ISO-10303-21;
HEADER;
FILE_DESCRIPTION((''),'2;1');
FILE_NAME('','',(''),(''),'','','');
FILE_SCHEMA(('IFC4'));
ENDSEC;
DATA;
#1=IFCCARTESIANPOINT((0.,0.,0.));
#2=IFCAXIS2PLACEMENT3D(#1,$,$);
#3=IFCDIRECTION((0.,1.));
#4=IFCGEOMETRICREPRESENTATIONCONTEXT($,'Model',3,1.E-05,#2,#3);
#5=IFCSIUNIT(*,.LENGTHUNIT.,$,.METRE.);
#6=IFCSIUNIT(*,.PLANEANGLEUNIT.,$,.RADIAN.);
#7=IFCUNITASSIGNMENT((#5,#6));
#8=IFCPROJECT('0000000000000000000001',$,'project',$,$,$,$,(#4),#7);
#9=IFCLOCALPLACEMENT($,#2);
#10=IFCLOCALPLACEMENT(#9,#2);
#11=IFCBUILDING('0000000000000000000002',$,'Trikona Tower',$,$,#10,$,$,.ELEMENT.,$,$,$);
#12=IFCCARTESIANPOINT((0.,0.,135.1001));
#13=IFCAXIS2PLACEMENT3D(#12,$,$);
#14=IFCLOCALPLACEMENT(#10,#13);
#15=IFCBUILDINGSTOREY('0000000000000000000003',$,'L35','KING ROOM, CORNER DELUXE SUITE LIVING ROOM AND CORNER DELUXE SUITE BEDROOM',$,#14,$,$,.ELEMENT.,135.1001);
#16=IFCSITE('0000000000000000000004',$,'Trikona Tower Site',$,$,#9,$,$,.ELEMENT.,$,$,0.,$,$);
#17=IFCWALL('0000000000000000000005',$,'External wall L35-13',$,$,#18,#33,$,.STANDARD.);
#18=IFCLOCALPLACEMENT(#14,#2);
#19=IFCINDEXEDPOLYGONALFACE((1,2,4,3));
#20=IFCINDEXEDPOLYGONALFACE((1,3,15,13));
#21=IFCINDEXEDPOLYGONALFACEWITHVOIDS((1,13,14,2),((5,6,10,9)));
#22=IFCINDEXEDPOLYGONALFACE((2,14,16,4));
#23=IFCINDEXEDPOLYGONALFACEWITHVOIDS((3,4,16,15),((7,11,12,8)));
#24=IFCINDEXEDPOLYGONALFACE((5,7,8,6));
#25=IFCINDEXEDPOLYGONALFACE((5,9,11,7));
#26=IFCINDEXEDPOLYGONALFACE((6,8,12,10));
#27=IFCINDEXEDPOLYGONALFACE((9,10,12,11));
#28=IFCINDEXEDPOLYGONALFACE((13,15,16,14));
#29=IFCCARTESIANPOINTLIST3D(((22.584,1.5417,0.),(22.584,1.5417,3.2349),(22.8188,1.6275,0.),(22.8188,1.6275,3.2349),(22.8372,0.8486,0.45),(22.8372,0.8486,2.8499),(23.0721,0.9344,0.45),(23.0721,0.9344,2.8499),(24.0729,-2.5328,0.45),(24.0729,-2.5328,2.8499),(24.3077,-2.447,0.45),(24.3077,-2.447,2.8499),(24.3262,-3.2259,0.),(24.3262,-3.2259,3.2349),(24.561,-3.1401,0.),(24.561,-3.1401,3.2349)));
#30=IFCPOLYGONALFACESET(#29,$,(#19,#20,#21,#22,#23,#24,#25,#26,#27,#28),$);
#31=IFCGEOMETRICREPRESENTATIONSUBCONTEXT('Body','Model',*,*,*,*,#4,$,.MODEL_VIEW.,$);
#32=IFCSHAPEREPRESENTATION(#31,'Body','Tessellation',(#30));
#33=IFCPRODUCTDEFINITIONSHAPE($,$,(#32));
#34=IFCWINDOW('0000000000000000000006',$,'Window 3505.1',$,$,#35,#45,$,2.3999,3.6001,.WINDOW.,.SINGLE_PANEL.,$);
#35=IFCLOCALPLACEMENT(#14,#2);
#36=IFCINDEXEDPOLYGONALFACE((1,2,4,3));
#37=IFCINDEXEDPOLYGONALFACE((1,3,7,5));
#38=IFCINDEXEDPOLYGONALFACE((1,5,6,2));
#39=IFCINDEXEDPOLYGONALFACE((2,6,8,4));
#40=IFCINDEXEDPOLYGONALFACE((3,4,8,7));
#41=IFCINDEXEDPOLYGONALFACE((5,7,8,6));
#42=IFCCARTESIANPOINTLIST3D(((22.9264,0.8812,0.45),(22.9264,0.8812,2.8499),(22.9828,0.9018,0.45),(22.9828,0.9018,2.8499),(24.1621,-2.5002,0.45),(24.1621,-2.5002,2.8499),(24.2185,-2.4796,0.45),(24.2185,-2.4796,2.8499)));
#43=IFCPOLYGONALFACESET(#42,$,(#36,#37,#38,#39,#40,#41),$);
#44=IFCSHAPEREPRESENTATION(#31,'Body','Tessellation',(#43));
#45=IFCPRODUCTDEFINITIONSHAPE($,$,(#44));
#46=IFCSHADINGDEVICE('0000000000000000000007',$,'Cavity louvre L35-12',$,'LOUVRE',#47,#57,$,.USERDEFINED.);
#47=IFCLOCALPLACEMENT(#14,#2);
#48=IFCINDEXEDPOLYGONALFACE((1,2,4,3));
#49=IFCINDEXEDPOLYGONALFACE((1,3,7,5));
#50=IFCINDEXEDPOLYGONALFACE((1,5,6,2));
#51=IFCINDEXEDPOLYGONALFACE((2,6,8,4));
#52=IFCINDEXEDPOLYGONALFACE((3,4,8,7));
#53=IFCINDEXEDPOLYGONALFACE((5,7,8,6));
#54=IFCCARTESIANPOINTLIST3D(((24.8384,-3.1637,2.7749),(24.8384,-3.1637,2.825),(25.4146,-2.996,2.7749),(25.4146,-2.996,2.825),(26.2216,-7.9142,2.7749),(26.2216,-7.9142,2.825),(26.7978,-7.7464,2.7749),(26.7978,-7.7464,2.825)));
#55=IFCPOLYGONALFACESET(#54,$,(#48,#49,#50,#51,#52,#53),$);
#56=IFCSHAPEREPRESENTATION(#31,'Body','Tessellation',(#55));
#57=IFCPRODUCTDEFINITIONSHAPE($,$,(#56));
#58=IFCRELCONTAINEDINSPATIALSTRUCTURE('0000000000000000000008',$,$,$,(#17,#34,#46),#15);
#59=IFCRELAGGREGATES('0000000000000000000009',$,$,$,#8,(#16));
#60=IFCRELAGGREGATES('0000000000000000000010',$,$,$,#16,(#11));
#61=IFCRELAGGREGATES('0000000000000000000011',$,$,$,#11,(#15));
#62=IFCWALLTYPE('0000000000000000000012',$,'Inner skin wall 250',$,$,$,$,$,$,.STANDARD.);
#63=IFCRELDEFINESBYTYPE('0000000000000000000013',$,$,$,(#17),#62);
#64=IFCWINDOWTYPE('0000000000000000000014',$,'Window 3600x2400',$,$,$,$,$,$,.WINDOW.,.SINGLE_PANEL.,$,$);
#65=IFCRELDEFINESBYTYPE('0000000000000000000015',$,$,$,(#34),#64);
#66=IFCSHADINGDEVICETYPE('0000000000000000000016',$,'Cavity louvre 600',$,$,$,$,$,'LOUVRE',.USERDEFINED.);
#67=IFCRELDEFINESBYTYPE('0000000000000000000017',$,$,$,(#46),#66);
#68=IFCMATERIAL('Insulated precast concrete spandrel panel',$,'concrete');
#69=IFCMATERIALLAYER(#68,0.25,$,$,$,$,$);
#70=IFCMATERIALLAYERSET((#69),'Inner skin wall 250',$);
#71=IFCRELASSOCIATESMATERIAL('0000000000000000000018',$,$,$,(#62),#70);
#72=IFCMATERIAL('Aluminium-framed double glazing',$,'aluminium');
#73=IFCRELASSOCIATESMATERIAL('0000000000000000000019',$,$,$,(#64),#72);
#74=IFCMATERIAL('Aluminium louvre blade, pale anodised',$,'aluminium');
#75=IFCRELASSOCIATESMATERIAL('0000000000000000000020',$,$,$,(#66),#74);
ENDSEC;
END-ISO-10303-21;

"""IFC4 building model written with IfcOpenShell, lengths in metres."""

from ifc_helpers import new_model, si_unit, direction, frame, frame_2d, origin, origin_2d, place, context, subcontext, project, spatial, rectangle, extrude, material, layer, layer_set, type_object, element, fill, save


model = new_model("IFC4")

# Units and contexts
model_context = context("Model", 3, precision=1e-05, world=origin(), true_north=direction((0.0, 1.0)))
body_context = subcontext(model_context, "Body", "Model", "MODEL_VIEW")
ifc_project = project(units=[si_unit("LENGTHUNIT", "METRE"), si_unit("PLANEANGLEUNIT", "RADIAN")], contexts=[model_context])

# Site, building, storey
site_placement = place(None, origin())
site = spatial("IfcSite", under=ifc_project, at=site_placement, Name="Trikona Tower Site", CompositionType="ELEMENT", RefElevation=0.0)
building_placement = place(site_placement, origin())
building = spatial("IfcBuilding", under=site, at=building_placement, Name="Trikona Tower", CompositionType="ELEMENT")
storey_placement = place(building_placement, frame((0.0, 0.0, 135.1001)))
storey = spatial("IfcBuildingStorey", under=building, at=storey_placement, Name="L35", Description="KING ROOM, CORNER DELUXE SUITE LIVING ROOM AND CORNER DELUXE SUITE BEDROOM", CompositionType="ELEMENT", Elevation=135.1001)

# Wall, opening, window
ifc_material_1 = material(Name="Insulated precast concrete spandrel panel", Category="concrete")
ifc_layer_1 = layer(ifc_material_1, 0.25)
ifc_layer_set_1 = layer_set([ifc_layer_1], Name="Inner skin wall 250")
wall_type = type_object("IfcWallType", Name="Inner skin wall 250", PredefinedType="STANDARD", material=ifc_layer_set_1)
ifc_material_2 = material(Name="Aluminium-framed double glazing", Category="aluminium")
window_type = type_object("IfcWindowType", Name="Window 3600x2400", PartitioningType="SINGLE_PANEL", PredefinedType="WINDOW", material=ifc_material_2)
wall_1_placement = place(storey_placement, frame((24.4436, -3.1831, 0.0), z_axis=(0.0, 0.0, 1.0), x_axis=(-0.343226, 0.939253, 0.0)))
wall_1 = element("IfcWall", 1, at=wall_1_placement, inside=storey, type_object=wall_type, Name="External wall L35-13", PredefinedType="STANDARD", context=body_context, shape_type="SweptSolid", body=[
    extrude(rectangle(XDim=5.0759, YDim=0.25, at=frame_2d((2.5381, 0.0))), origin(), (0.0, 0.0, 1.0), 3.2349),
])
opening_1_placement = place(wall_1_placement, frame((0.738, 0.0, 0.45)))
opening_1 = element("IfcOpeningElement", 2, at=opening_1_placement, cuts=wall_1, PredefinedType="OPENING", context=body_context, shape_type="SweptSolid", body=[
    extrude(rectangle(XDim=3.6001, YDim=2.3999, at=frame_2d((1.8, 1.2))), frame((0.0, 0.135, 0.0), z_axis=(0.0, -1.0, 0.0), x_axis=(1.0, 0.0, 0.0)), (0.0, 0.0, 1.0), 0.27),
])
window_1_placement = place(opening_1_placement, origin())
window_1 = element("IfcWindow", 3, at=window_1_placement, inside=storey, type_object=window_type, Name="Window 3505.1", OverallHeight=2.3999, OverallWidth=3.6001, PartitioningType="SINGLE_PANEL", PredefinedType="WINDOW", context=body_context, shape_type="SweptSolid", body=[
    extrude(rectangle(XDim=3.6001, YDim=2.3999, at=frame_2d((1.8, 1.2))), frame((0.0, 0.03, 0.0), z_axis=(0.0, -1.0, 0.0), x_axis=(1.0, 0.0, 0.0)), (0.0, 0.0, 1.0), 0.0601),
])
fill(opening_1, window_1)

# Shading device
ifc_material_3 = material(Name="Aluminium louvre blade, pale anodised", Category="aluminium")
shading_device_type = type_object("IfcShadingDeviceType", Name="Cavity louvre 600", ElementType="LOUVRE", PredefinedType="USERDEFINED", material=ifc_material_3)
shading_device_placement = place(storey_placement, frame((25.8181, -5.4551, 2.7749), z_axis=(0.0, 0.0, 1.0), x_axis=(-0.279554, 0.96013, 0.0)))
element("IfcShadingDevice", 4, at=shading_device_placement, inside=storey, type_object=shading_device_type, Name="Cavity louvre L35-12", ObjectType="LOUVRE", PredefinedType="USERDEFINED", context=body_context, shape_type="SweptSolid", body=[
    extrude(rectangle(XDim=4.9478, YDim=0.6001, at=origin_2d()), origin(), (0.0, 0.0, 1.0), 0.05),
])

save(model, "model.ifc")
